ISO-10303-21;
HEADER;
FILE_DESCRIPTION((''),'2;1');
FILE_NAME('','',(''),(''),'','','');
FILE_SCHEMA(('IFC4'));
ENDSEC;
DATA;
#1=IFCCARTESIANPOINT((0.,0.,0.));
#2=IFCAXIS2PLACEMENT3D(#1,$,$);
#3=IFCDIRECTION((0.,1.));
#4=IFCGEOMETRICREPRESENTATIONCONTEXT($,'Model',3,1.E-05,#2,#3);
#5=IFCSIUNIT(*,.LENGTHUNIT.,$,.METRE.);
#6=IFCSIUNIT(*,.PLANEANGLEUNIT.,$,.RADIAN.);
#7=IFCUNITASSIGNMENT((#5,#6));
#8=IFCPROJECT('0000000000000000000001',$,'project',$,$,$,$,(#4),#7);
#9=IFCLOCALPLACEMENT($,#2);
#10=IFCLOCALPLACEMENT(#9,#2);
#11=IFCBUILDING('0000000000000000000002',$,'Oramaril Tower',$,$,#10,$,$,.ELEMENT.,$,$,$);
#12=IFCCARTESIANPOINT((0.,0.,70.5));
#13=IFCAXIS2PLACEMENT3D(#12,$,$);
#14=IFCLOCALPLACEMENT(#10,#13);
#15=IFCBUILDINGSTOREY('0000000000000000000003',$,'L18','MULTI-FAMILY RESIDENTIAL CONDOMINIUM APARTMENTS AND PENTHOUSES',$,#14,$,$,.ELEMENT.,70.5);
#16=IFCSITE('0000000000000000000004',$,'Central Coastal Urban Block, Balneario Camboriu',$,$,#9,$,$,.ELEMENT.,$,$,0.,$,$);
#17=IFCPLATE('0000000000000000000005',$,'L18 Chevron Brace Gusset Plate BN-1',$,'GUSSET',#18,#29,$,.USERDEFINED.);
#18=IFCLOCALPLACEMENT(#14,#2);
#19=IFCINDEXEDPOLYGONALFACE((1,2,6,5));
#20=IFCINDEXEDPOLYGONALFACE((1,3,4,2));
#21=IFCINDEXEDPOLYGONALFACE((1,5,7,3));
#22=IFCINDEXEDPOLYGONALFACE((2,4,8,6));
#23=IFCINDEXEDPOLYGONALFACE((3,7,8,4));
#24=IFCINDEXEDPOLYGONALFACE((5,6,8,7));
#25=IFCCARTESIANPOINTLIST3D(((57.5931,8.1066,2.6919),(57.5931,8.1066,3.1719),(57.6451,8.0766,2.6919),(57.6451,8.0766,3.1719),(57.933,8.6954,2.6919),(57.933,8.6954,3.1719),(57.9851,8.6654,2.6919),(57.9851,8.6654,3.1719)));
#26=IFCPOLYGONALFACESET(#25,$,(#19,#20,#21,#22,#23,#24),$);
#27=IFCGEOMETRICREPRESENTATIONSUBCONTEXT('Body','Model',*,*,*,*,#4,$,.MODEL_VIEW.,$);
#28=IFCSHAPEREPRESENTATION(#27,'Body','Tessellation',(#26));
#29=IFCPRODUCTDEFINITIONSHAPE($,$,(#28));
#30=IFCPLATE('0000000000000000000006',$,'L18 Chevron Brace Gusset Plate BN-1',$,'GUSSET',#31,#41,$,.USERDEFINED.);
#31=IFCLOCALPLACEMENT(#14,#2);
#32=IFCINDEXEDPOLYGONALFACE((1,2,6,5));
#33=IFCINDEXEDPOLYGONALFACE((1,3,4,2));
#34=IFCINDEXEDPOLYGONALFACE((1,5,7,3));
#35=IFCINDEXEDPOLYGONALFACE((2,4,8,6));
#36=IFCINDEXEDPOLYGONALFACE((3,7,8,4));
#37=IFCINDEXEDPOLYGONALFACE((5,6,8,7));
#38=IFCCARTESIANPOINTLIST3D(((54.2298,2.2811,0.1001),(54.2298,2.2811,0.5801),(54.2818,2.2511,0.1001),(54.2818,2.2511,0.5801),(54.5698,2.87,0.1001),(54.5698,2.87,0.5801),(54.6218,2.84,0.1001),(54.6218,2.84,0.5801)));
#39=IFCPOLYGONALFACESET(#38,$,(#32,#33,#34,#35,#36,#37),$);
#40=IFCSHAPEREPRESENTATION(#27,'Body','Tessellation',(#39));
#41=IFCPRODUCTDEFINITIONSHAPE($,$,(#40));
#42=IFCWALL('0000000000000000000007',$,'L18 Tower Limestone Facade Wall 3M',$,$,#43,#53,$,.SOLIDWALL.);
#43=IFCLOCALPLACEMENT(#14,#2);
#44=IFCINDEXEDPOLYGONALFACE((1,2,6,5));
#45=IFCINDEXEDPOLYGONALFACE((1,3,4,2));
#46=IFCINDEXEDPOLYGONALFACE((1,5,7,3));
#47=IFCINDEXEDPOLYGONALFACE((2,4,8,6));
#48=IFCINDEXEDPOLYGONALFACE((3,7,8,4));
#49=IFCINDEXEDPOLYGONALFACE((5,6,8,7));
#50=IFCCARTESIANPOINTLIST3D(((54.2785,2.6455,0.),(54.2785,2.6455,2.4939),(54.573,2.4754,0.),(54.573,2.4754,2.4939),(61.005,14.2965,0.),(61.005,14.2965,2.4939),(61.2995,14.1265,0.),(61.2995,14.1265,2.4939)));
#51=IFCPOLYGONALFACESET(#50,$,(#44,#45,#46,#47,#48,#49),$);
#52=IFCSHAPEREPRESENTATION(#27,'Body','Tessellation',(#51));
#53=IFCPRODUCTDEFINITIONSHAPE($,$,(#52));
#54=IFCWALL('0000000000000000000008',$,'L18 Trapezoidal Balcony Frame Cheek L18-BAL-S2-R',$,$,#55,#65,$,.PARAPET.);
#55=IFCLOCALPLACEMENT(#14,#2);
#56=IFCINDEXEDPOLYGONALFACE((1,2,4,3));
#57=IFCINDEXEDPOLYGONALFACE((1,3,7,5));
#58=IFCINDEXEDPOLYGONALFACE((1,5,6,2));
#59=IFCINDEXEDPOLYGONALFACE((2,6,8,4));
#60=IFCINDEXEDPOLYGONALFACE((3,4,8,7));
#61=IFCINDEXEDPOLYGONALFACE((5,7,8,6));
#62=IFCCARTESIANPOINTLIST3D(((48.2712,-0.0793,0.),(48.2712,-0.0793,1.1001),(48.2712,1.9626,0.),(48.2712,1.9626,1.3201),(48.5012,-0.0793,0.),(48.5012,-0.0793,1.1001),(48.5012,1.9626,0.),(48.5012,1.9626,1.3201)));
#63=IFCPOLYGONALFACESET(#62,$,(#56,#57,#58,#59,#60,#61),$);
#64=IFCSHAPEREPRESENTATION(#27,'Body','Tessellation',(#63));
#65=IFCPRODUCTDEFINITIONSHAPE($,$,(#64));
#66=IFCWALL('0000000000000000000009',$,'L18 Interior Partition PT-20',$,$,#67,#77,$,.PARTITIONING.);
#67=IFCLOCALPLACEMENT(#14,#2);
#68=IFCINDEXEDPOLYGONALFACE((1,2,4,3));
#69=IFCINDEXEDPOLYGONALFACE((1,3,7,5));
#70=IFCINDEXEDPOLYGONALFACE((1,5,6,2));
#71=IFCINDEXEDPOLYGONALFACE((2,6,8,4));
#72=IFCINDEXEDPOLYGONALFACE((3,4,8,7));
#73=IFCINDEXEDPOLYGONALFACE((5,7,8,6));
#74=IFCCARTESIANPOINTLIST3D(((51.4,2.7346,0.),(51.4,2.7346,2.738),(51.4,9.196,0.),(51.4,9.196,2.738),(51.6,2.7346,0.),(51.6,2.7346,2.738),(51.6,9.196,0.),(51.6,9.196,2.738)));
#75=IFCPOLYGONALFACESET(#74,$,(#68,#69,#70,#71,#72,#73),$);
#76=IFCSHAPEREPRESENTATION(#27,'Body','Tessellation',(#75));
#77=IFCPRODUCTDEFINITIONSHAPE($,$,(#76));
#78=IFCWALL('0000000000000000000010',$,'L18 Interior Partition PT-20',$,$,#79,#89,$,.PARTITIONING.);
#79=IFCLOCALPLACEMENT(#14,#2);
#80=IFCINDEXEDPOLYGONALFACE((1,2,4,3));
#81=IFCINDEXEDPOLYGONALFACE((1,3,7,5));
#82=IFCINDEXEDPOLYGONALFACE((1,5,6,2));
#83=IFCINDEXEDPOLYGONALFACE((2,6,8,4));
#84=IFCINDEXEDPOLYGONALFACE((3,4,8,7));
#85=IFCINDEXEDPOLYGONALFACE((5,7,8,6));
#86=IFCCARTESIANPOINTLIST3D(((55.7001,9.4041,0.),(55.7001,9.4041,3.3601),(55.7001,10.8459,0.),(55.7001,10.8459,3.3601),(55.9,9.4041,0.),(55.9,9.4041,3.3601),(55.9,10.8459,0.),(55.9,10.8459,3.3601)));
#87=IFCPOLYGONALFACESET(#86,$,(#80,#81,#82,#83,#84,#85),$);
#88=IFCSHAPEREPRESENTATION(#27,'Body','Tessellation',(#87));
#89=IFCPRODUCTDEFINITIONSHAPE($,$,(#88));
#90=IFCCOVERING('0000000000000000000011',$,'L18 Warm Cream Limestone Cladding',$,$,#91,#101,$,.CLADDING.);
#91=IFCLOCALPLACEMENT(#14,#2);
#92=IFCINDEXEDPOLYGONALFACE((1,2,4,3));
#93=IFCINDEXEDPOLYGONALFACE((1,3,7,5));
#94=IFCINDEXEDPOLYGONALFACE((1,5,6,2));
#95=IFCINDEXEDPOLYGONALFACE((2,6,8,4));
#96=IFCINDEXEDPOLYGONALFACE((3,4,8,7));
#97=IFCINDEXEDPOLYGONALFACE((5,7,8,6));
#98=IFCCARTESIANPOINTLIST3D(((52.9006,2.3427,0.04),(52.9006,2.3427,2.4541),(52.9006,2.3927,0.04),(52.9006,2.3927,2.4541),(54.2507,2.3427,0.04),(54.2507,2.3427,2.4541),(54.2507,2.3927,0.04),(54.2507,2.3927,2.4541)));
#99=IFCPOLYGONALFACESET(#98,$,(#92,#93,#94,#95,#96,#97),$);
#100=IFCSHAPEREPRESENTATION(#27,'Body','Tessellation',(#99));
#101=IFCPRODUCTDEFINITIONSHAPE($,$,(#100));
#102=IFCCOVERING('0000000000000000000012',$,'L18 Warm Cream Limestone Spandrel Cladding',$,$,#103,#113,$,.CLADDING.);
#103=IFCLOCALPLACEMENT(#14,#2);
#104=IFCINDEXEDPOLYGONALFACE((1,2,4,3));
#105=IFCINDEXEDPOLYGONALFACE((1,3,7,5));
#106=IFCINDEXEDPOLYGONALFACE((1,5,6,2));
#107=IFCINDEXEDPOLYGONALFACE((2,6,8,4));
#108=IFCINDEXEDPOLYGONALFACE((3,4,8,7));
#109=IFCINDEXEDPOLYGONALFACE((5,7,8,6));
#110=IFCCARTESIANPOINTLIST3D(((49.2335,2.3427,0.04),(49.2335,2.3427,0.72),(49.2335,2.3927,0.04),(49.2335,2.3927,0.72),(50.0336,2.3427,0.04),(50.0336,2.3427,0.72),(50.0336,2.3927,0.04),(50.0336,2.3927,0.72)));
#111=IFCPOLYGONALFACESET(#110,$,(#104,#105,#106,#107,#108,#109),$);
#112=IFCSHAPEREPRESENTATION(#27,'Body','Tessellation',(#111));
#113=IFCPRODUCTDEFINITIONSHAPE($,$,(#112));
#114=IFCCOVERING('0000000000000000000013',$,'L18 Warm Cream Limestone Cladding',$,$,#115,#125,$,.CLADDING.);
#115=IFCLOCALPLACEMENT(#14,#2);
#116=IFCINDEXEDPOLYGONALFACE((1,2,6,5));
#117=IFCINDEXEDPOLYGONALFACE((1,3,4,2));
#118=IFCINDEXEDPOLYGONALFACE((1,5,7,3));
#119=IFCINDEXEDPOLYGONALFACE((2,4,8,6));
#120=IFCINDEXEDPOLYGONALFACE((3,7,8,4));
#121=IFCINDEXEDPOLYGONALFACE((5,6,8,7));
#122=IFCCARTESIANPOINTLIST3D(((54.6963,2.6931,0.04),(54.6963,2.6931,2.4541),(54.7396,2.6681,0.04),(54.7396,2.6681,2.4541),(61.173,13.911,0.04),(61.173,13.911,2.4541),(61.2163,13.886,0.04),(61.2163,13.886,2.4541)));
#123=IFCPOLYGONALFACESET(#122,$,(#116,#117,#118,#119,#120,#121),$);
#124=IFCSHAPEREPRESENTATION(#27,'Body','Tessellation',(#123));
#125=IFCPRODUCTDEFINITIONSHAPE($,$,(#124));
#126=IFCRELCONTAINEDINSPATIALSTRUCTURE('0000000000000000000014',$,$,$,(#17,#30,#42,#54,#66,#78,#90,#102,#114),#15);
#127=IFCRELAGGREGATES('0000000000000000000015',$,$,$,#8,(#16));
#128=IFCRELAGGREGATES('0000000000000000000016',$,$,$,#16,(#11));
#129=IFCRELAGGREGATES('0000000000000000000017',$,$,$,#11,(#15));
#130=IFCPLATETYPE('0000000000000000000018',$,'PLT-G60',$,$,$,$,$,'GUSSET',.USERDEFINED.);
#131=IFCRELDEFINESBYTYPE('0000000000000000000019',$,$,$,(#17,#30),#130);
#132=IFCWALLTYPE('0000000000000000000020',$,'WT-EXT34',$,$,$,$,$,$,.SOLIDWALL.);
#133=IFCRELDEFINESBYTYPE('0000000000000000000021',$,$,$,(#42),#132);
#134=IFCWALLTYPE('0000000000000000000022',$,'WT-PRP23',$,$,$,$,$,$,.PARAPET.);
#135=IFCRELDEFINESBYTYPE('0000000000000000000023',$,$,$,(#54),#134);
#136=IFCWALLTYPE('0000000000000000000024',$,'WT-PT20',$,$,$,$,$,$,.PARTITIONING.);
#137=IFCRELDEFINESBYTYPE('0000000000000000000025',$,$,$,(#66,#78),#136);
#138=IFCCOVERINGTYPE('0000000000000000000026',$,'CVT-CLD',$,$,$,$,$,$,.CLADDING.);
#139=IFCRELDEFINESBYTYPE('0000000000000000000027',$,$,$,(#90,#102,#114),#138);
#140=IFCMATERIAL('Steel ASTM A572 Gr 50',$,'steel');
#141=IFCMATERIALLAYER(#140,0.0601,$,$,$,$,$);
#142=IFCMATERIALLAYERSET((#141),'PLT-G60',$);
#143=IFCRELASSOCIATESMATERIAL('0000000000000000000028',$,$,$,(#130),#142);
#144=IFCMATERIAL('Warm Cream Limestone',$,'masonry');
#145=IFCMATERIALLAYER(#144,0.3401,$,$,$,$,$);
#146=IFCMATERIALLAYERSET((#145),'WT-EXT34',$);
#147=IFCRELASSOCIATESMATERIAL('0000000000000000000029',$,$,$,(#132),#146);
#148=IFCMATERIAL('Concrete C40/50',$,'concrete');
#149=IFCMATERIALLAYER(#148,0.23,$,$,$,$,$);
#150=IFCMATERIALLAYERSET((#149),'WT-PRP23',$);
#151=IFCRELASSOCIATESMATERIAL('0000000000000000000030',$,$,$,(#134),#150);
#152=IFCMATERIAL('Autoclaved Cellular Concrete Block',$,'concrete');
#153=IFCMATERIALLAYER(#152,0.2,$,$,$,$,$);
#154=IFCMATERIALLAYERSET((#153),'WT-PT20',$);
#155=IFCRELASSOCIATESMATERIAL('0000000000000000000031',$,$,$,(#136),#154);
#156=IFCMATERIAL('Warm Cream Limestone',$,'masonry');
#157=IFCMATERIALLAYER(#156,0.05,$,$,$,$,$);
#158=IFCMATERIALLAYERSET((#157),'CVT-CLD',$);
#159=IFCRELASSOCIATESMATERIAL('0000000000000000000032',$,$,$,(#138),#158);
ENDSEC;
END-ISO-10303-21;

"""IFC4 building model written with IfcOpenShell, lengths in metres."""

from ifc_helpers import new_model, si_unit, direction, frame, frame_2d, origin, origin_2d, place, context, subcontext, project, spatial, polyline, rectangle, outline, extrude, material, layer, layer_set, type_object, element, save


model = new_model("IFC4")

# Units and contexts
model_context = context("Model", 3, precision=1e-05, world=origin(), true_north=direction((0.0, 1.0)))
body_context = subcontext(model_context, "Body", "Model", "MODEL_VIEW")
ifc_project = project(units=[si_unit("LENGTHUNIT", "METRE"), si_unit("PLANEANGLEUNIT", "RADIAN")], contexts=[model_context])

# Site, building, storey
site_placement = place(None, origin())
site = spatial("IfcSite", under=ifc_project, at=site_placement, Name="Central Coastal Urban Block, Balneario Camboriu", CompositionType="ELEMENT", RefElevation=0.0)
building_placement = place(site_placement, origin())
building = spatial("IfcBuilding", under=site, at=building_placement, Name="Oramaril Tower", CompositionType="ELEMENT")
storey_placement = place(building_placement, frame((0.0, 0.0, 70.5)))
storey = spatial("IfcBuildingStorey", under=building, at=storey_placement, Name="L18", Description="MULTI-FAMILY RESIDENTIAL CONDOMINIUM APARTMENTS AND PENTHOUSES", CompositionType="ELEMENT", Elevation=70.5)

# Plates
ifc_material_1 = material(Name="Steel ASTM A572 Gr 50", Category="steel")
ifc_layer_1 = layer(ifc_material_1, 0.0601)
ifc_layer_set_1 = layer_set([ifc_layer_1], Name="PLT-G60")
plate_type = type_object("IfcPlateType", Name="PLT-G60", ElementType="GUSSET", PredefinedType="USERDEFINED", material=ifc_layer_set_1)
for number, where, z_axis, x_axis, name in (
    (1, (57.7891, 8.386, 2.6919), (0.0, 0.0, 1.0), (0.5, 0.866025, 0.0), "L18 Chevron Brace Gusset Plate BN-1"),
    (2, (54.4258, 2.5605, 0.1001), (0.0, 0.0, 1.0), (0.5, 0.866025, 0.0), "L18 Chevron Brace Gusset Plate BN-1"),
):
    element("IfcPlate", number, at=place(storey_placement, frame(where, z_axis=z_axis, x_axis=x_axis)), inside=storey, type_object=plate_type, Name=name, ObjectType="GUSSET", PredefinedType="USERDEFINED", context=body_context, shape_type="SweptSolid", body=[
        extrude(rectangle(XDim=0.6799, YDim=0.0601, at=origin_2d()), origin(), (0.0, 0.0, 1.0), 0.48),
    ])

# Walls
ifc_material_2 = material(Name="Warm Cream Limestone", Category="masonry")
ifc_layer_2 = layer(ifc_material_2, 0.3401)
ifc_layer_set_2 = layer_set([ifc_layer_2], Name="WT-EXT34")
wall_type_1 = type_object("IfcWallType", Name="WT-EXT34", PredefinedType="SOLIDWALL", material=ifc_layer_set_2)
wall_1_placement = place(storey_placement, frame((54.4258, 2.5605, 0.0), z_axis=(0.0, 0.0, 1.0), x_axis=(0.499988, 0.866032, 0.0)))
element("IfcWall", 3, at=wall_1_placement, inside=storey, type_object=wall_type_1, Name="L18 Tower Limestone Facade Wall 3M", PredefinedType="SOLIDWALL", context=body_context, shape_type="SweptSolid", body=[
    extrude(rectangle(XDim=13.4534, YDim=0.3401, at=frame_2d((6.7266, 0.0))), origin(), (0.0, 0.0, 1.0), 2.4939),
])
ifc_material_3 = material(Name="Concrete C40/50", Category="concrete")
ifc_layer_3 = layer(ifc_material_3, 0.23)
ifc_layer_set_3 = layer_set([ifc_layer_3], Name="WT-PRP23")
wall_type_2 = type_object("IfcWallType", Name="WT-PRP23", PredefinedType="PARAPET", material=ifc_layer_set_3)
wall_2_placement = place(storey_placement, frame((48.3862, 1.9626, 0.0), z_axis=(0.0, 0.0, 1.0), x_axis=(0.0, -1.0, 0.0)))
element("IfcWall", 4, at=wall_2_placement, inside=storey, type_object=wall_type_2, Name="L18 Trapezoidal Balcony Frame Cheek L18-BAL-S2-R", PredefinedType="PARAPET", context=body_context, shape_type="SweptSolid", body=[
    extrude(outline(polyline([(0.0, 0.0), (2.042, 0.0), (2.042, 1.1001), (0.0, 1.3201), (0.0, 0.0)])), frame((0.0, 0.115, 0.0), z_axis=(0.0, -1.0, 0.0), x_axis=(1.0, 0.0, 0.0)), (0.0, 0.0, 1.0), 0.23),
])
ifc_material_4 = material(Name="Autoclaved Cellular Concrete Block", Category="concrete")
ifc_layer_4 = layer(ifc_material_4, 0.2)
ifc_layer_set_4 = layer_set([ifc_layer_4], Name="WT-PT20")
wall_type_3 = type_object("IfcWallType", Name="WT-PT20", PredefinedType="PARTITIONING", material=ifc_layer_set_4)
wall_3_placement = place(storey_placement, frame((51.5, 2.7346, 0.0), z_axis=(0.0, 0.0, 1.0), x_axis=(0.0, 1.0, 0.0)))
element("IfcWall", 5, at=wall_3_placement, inside=storey, type_object=wall_type_3, Name="L18 Interior Partition PT-20", PredefinedType="PARTITIONING", context=body_context, shape_type="SweptSolid", body=[
    extrude(rectangle(XDim=6.4614, YDim=0.2, at=frame_2d((3.2307, 0.0))), origin(), (0.0, 0.0, 1.0), 2.738),
])
wall_4_placement = place(storey_placement, frame((55.8, 9.4041, 0.0), z_axis=(0.0, 0.0, 1.0), x_axis=(0.0, 1.0, 0.0)))
element("IfcWall", 6, at=wall_4_placement, inside=storey, type_object=wall_type_3, Name="L18 Interior Partition PT-20", PredefinedType="PARTITIONING", context=body_context, shape_type="SweptSolid", body=[
    extrude(rectangle(XDim=1.4419, YDim=0.2, at=frame_2d((0.7209, 0.0))), origin(), (0.0, 0.0, 1.0), 3.3601),
])

# Coverings
ifc_material_5 = material(Name="Warm Cream Limestone", Category="masonry")
ifc_layer_5 = layer(ifc_material_5, 0.05)
ifc_layer_set_5 = layer_set([ifc_layer_5], Name="CVT-CLD")
covering_type = type_object("IfcCoveringType", Name="CVT-CLD", PredefinedType="CLADDING", material=ifc_layer_set_5)
covering_1_placement = place(storey_placement, frame((53.5757, 2.3677, 0.04), z_axis=(0.0, 0.0, 1.0), x_axis=(1.0, 0.0, 0.0)))
element("IfcCovering", 7, at=covering_1_placement, inside=storey, type_object=covering_type, Name="L18 Warm Cream Limestone Cladding", PredefinedType="CLADDING", context=body_context, shape_type="SweptSolid", body=[
    extrude(rectangle(XDim=1.3501, YDim=0.05, at=origin_2d()), origin(), (0.0, 0.0, 1.0), 2.4141),
])
covering_2_placement = place(storey_placement, frame((49.6335, 2.3677, 0.04), z_axis=(0.0, 0.0, 1.0), x_axis=(1.0, 0.0, 0.0)))
element("IfcCovering", 8, at=covering_2_placement, inside=storey, type_object=covering_type, Name="L18 Warm Cream Limestone Spandrel Cladding", PredefinedType="CLADDING", context=body_context, shape_type="SweptSolid", body=[
    extrude(rectangle(XDim=0.8, YDim=0.05, at=origin_2d()), origin(), (0.0, 0.0, 1.0), 0.6799),
])
covering_3_placement = place(storey_placement, frame((57.9563, 8.2896, 0.04), z_axis=(0.0, 0.0, 1.0), x_axis=(0.5, 0.866025, 0.0)))
element("IfcCovering", 9, at=covering_3_placement, inside=storey, type_object=covering_type, Name="L18 Warm Cream Limestone Cladding", PredefinedType="CLADDING", context=body_context, shape_type="SweptSolid", body=[
    extrude(rectangle(XDim=12.9534, YDim=0.05, at=origin_2d()), origin(), (0.0, 0.0, 1.0), 2.4141),
])

save(model, "model.ifc")
